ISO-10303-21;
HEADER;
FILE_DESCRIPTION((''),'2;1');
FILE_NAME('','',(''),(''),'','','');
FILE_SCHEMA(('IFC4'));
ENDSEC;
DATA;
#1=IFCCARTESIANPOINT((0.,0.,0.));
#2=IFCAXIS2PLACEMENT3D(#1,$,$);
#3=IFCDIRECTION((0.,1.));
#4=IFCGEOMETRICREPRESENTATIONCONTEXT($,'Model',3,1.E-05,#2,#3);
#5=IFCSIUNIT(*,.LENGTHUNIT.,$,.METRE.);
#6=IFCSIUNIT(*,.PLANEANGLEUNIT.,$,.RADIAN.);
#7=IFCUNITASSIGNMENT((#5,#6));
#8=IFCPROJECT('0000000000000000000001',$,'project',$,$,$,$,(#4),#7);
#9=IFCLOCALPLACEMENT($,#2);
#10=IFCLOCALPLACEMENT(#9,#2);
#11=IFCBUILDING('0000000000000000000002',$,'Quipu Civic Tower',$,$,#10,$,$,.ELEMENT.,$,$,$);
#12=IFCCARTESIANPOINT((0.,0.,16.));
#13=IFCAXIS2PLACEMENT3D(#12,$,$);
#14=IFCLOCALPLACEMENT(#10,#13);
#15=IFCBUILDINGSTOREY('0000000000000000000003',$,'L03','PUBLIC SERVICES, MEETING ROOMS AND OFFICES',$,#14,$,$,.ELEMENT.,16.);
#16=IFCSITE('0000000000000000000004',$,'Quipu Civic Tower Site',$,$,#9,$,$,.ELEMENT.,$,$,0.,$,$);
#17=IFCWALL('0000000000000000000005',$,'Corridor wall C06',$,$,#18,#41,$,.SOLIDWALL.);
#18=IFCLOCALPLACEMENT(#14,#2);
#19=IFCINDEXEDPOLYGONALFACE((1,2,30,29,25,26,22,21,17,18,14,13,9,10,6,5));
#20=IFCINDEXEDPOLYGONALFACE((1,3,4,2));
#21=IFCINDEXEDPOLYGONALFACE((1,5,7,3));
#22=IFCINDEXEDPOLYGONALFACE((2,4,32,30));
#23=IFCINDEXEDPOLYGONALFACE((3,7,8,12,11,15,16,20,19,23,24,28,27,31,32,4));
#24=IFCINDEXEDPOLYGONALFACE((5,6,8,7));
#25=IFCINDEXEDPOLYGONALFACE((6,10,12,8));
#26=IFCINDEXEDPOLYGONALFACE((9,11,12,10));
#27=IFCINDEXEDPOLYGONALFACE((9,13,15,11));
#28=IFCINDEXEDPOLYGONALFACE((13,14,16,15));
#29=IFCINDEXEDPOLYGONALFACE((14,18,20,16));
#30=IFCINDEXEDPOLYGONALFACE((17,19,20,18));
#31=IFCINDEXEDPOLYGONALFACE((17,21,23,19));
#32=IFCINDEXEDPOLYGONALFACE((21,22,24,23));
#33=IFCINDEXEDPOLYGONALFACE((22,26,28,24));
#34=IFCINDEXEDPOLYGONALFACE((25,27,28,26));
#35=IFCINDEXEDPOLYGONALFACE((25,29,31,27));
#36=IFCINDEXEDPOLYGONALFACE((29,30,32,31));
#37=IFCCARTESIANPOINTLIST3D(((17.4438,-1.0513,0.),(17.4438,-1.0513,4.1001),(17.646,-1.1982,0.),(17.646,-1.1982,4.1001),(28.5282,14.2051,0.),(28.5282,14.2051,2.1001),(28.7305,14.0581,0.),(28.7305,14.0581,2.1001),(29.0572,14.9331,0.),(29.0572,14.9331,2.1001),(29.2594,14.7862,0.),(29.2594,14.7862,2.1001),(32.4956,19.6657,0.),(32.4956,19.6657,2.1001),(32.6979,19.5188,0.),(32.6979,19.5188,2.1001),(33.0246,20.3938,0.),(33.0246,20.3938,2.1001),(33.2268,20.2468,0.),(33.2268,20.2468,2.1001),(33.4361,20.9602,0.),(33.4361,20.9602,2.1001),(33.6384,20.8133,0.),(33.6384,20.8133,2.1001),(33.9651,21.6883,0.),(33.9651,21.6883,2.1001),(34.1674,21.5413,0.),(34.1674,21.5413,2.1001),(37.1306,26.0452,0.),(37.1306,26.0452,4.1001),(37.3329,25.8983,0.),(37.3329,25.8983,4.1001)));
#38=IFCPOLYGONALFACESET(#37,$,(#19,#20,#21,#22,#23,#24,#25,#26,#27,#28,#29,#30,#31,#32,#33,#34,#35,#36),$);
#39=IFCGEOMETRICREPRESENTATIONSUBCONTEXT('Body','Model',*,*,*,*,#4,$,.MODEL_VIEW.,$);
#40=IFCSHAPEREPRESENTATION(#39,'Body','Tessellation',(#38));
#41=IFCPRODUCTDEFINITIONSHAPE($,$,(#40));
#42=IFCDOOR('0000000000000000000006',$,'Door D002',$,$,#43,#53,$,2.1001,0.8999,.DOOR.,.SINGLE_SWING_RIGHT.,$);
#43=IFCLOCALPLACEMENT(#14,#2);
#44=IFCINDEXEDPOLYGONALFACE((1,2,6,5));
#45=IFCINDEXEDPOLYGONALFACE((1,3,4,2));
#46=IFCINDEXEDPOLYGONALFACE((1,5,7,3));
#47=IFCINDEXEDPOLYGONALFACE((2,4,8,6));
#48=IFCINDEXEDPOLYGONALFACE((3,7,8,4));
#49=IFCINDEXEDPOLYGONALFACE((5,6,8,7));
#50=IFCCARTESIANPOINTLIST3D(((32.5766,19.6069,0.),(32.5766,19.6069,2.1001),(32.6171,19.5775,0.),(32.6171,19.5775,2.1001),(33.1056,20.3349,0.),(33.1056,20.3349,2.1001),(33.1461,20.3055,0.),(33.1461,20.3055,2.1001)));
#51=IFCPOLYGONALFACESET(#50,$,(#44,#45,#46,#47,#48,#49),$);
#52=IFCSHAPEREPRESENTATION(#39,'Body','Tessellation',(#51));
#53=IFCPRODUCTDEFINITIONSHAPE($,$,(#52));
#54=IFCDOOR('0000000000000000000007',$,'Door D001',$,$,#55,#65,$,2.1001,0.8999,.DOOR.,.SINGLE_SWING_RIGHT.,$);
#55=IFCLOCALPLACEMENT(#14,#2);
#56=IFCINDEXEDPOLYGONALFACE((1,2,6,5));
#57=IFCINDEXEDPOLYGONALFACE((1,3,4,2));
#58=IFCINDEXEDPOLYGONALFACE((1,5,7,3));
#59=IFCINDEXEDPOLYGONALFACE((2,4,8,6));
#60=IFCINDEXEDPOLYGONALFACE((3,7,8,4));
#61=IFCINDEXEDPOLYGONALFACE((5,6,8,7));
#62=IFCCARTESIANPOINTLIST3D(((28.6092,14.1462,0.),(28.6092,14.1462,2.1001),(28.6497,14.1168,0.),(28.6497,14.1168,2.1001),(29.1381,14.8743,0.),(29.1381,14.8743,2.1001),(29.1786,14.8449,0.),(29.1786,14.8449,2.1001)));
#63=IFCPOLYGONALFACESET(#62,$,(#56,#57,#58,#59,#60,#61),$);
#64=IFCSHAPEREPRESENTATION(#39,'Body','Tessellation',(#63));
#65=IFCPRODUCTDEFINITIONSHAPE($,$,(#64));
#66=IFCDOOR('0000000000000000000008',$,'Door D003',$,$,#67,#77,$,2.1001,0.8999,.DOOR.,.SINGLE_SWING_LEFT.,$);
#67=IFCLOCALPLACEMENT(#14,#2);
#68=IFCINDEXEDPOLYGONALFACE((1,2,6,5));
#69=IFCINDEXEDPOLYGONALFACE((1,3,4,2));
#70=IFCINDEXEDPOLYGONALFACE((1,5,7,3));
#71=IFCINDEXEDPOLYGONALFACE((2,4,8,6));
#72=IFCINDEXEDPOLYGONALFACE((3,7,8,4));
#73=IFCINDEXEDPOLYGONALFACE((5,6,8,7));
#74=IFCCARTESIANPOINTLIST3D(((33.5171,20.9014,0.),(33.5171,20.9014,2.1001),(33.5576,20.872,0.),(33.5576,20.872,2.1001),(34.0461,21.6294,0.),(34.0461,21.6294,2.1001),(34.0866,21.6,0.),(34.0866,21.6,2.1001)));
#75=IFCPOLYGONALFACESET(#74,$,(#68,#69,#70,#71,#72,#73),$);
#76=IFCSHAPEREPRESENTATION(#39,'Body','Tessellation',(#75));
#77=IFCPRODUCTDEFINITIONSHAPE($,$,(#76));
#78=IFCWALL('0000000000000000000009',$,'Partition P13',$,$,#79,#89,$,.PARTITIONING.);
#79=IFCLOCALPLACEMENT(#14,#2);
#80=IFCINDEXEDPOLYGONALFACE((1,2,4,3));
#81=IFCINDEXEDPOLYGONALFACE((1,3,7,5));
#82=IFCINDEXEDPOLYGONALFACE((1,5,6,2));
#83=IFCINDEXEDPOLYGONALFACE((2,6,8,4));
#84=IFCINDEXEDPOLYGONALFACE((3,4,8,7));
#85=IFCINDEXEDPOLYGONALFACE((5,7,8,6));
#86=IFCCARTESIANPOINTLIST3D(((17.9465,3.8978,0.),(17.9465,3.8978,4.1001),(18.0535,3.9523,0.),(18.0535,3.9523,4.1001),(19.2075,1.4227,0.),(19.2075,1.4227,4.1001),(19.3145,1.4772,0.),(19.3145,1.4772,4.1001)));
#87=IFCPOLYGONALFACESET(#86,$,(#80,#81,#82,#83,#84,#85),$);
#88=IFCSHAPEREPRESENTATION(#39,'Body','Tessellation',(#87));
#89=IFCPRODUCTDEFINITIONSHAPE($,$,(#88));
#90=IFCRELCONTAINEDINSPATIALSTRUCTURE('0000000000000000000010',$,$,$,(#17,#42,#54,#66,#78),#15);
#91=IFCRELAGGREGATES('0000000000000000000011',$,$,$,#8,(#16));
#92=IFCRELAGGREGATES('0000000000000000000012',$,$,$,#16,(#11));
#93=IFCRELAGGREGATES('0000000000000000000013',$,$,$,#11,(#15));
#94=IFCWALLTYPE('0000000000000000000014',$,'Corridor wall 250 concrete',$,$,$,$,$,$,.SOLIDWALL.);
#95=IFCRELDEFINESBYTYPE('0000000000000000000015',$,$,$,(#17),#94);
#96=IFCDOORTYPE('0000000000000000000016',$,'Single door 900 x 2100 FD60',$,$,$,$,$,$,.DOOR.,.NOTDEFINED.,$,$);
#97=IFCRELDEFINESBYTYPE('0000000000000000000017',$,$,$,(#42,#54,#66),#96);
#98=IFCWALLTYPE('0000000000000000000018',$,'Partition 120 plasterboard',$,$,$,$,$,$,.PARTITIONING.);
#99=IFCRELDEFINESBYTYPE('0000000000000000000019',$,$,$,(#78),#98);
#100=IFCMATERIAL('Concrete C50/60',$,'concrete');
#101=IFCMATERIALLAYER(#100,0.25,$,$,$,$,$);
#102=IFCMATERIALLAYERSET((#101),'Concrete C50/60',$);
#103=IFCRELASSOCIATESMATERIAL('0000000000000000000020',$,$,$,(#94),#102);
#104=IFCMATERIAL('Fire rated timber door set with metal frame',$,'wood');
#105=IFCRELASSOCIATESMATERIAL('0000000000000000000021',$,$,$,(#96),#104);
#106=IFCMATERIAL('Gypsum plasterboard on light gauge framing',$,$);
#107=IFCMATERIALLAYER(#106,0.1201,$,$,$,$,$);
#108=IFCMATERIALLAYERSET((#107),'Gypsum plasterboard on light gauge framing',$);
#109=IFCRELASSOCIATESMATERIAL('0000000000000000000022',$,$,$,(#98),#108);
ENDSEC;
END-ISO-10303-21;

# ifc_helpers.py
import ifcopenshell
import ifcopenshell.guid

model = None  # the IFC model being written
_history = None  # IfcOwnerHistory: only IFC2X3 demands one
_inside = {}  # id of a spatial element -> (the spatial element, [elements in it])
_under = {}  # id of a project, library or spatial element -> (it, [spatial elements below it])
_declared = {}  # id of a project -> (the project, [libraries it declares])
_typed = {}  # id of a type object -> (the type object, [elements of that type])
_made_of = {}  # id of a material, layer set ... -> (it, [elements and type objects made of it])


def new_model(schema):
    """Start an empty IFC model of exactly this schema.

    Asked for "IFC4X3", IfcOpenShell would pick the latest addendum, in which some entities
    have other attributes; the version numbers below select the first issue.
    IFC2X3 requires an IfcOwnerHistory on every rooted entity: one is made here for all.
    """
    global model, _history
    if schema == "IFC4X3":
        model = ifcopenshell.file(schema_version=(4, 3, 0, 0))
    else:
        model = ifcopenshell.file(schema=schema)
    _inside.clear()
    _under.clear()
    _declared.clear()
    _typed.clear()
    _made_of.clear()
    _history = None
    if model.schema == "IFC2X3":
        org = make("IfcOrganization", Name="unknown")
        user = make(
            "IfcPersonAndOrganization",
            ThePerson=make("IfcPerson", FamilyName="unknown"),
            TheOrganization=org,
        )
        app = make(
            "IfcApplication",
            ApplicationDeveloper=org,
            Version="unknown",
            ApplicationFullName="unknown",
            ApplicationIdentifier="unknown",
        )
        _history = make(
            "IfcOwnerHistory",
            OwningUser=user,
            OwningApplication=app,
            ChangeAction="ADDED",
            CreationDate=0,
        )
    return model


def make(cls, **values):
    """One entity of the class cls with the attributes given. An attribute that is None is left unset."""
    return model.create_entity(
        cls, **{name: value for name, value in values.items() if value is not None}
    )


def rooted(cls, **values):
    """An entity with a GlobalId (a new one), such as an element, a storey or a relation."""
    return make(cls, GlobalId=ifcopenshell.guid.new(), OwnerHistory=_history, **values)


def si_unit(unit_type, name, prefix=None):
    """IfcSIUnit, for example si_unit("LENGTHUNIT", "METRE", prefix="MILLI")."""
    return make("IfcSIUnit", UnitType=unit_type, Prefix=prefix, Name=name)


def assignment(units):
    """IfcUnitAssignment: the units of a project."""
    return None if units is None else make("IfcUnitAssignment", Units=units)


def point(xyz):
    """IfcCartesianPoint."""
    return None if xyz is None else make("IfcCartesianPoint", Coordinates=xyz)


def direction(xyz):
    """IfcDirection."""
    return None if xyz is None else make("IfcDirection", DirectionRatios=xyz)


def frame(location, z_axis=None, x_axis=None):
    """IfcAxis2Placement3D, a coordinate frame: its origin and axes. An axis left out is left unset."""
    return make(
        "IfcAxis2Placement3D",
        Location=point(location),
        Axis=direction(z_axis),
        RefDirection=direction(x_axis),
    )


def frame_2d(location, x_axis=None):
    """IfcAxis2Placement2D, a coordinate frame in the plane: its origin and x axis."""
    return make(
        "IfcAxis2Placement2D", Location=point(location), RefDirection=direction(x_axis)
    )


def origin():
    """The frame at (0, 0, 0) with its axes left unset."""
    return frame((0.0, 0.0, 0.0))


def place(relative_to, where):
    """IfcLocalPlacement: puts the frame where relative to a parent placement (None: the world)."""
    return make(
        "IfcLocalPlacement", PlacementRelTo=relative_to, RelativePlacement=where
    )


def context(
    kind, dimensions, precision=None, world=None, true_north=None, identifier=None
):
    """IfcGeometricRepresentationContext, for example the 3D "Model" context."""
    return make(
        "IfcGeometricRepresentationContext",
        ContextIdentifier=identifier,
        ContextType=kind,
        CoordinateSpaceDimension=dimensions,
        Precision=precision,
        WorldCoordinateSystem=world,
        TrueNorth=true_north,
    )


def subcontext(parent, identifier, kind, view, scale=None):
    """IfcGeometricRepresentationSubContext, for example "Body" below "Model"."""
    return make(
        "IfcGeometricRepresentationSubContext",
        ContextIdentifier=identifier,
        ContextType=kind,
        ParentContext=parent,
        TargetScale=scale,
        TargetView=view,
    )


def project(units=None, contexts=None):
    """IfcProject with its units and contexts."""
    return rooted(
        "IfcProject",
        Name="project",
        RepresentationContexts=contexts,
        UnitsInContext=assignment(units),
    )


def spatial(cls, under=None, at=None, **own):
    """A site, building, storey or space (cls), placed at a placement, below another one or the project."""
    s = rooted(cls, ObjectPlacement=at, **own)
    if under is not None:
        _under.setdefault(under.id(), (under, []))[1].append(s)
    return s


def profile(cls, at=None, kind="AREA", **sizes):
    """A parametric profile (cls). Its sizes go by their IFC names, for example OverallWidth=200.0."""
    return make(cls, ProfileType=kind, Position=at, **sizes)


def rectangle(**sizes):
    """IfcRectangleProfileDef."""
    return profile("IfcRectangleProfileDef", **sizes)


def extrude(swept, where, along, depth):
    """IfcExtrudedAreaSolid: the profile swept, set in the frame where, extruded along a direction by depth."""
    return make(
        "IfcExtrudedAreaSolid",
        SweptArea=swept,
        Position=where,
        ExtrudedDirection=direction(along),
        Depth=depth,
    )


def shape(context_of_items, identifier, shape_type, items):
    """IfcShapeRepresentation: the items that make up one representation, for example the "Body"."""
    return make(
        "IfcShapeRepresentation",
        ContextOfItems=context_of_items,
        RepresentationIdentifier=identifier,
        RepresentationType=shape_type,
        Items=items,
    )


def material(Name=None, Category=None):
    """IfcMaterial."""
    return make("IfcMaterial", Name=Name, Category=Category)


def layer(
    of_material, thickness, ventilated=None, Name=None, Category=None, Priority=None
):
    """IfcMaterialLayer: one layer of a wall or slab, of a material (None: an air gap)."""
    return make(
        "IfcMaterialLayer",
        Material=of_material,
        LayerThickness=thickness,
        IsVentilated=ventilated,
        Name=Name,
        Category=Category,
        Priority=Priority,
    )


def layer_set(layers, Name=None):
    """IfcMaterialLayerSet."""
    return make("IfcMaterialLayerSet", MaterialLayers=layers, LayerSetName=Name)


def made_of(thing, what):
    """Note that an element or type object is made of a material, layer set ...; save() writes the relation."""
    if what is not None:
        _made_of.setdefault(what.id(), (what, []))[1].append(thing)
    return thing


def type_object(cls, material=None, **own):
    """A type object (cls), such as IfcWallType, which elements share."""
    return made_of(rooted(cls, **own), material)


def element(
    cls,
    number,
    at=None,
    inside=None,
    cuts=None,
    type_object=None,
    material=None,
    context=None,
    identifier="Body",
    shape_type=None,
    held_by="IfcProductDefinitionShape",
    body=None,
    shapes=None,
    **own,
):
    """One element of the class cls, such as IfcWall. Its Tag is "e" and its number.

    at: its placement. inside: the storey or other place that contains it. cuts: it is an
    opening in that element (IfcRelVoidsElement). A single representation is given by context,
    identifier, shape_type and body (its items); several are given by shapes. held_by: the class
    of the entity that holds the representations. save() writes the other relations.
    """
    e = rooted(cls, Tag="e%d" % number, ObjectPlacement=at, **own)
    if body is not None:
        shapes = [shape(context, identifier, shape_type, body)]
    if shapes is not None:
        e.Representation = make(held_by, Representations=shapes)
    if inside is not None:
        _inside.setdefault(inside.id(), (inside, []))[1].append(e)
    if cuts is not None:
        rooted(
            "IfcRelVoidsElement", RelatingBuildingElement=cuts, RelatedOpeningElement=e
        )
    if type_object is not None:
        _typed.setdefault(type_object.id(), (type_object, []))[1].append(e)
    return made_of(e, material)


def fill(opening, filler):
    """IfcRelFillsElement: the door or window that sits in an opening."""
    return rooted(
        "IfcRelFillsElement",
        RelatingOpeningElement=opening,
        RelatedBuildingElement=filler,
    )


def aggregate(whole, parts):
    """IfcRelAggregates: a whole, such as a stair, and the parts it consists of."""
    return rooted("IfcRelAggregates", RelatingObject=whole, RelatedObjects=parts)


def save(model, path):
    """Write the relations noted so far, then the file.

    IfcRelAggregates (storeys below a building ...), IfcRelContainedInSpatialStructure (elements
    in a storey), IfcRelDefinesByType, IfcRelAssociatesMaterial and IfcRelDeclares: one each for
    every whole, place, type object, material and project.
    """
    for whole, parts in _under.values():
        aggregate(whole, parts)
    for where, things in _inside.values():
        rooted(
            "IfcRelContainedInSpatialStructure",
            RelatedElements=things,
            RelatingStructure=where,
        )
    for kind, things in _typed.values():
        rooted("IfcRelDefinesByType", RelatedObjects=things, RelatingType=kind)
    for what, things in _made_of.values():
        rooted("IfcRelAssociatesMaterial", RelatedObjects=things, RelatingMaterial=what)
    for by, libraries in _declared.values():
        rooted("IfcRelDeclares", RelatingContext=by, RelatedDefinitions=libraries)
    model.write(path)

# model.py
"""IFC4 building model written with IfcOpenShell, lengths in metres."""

from ifc_helpers import new_model, si_unit, direction, frame, frame_2d, origin, place, context, subcontext, project, spatial, rectangle, extrude, material, layer, layer_set, type_object, element, fill, save


model = new_model("IFC4")

# Units and contexts
model_context = context("Model", 3, precision=1e-05, world=origin(), true_north=direction((0.0, 1.0)))
body_context = subcontext(model_context, "Body", "Model", "MODEL_VIEW")
ifc_project = project(units=[si_unit("LENGTHUNIT", "METRE"), si_unit("PLANEANGLEUNIT", "RADIAN")], contexts=[model_context])

# Site, building, storey
site_placement = place(None, origin())
site = spatial("IfcSite", under=ifc_project, at=site_placement, Name="Quipu Civic Tower Site", CompositionType="ELEMENT", RefElevation=0.0)
building_placement = place(site_placement, origin())
building = spatial("IfcBuilding", under=site, at=building_placement, Name="Quipu Civic Tower", CompositionType="ELEMENT")
storey_placement = place(building_placement, frame((0.0, 0.0, 16.0)))
storey = spatial("IfcBuildingStorey", under=building, at=storey_placement, Name="L03", Description="PUBLIC SERVICES, MEETING ROOMS AND OFFICES", CompositionType="ELEMENT", Elevation=16.0)

# Wall, openings, doors
ifc_material_1 = material(Name="Concrete C50/60", Category="concrete")
ifc_layer_1 = layer(ifc_material_1, 0.25)
ifc_layer_set_1 = layer_set([ifc_layer_1], Name="Concrete C50/60")
wall_type_1 = type_object("IfcWallType", Name="Corridor wall 250 concrete", PredefinedType="SOLIDWALL", material=ifc_layer_set_1)
wall_1_placement = place(storey_placement, frame((17.5449, -1.1248, 0.0), z_axis=(0.0, 0.0, 1.0), x_axis=(0.587786, 0.809016, 0.0)))
wall_1 = element("IfcWall", 1, at=wall_1_placement, inside=storey, type_object=wall_type_1, Name="Corridor wall C06", PredefinedType="SOLIDWALL", context=body_context, shape_type="SweptSolid", body=[
    extrude(rectangle(XDim=33.4932, YDim=0.25, at=frame_2d((16.7466, 0.0))), origin(), (0.0, 0.0, 1.0), 4.1001),
])
opening_1_placement = place(wall_1_placement, frame((25.6077, 0.0, 0.0)))
opening_1 = element("IfcOpeningElement", 2, at=opening_1_placement, cuts=wall_1, PredefinedType="OPENING", context=body_context, shape_type="SweptSolid", body=[
    extrude(rectangle(XDim=0.8999, YDim=2.1001, at=frame_2d((0.45, 1.05))), frame((0.0, 0.135, 0.0), z_axis=(0.0, -1.0, 0.0), x_axis=(1.0, 0.0, 0.0)), (0.0, 0.0, 1.0), 0.27),
])
opening_2_placement = place(wall_1_placement, frame((18.8579, 0.0, 0.0)))
opening_2 = element("IfcOpeningElement", 3, at=opening_2_placement, cuts=wall_1, PredefinedType="OPENING", context=body_context, shape_type="SweptSolid", body=[
    extrude(rectangle(XDim=0.8999, YDim=2.1001, at=frame_2d((0.45, 1.05))), frame((0.0, 0.135, 0.0), z_axis=(0.0, -1.0, 0.0), x_axis=(1.0, 0.0, 0.0)), (0.0, 0.0, 1.0), 0.27),
])
opening_3_placement = place(wall_1_placement, frame((27.2078, 0.0, 0.0)))
opening_3 = element("IfcOpeningElement", 4, at=opening_3_placement, cuts=wall_1, PredefinedType="OPENING", context=body_context, shape_type="SweptSolid", body=[
    extrude(rectangle(XDim=0.8999, YDim=2.1001, at=frame_2d((0.45, 1.05))), frame((0.0, 0.135, 0.0), z_axis=(0.0, -1.0, 0.0), x_axis=(1.0, 0.0, 0.0)), (0.0, 0.0, 1.0), 0.27),
])
ifc_material_2 = material(Name="Fire rated timber door set with metal frame", Category="wood")
door_type_1 = type_object("IfcDoorType", Name="Single door 900 x 2100 FD60", OperationType="NOTDEFINED", PredefinedType="DOOR", material=ifc_material_2)
door_1_placement = place(opening_1_placement, origin())
door_1 = element("IfcDoor", 5, at=door_1_placement, inside=storey, type_object=door_type_1, Name="Door D002", OperationType="SINGLE_SWING_RIGHT", OverallHeight=2.1001, OverallWidth=0.8999, PredefinedType="DOOR", context=body_context, shape_type="SweptSolid", body=[
    extrude(rectangle(XDim=0.8999, YDim=2.1001, at=frame_2d((0.45, 1.05))), frame((0.0, 0.0249, 0.0), z_axis=(0.0, -1.0, 0.0), x_axis=(1.0, 0.0, 0.0)), (0.0, 0.0, 1.0), 0.05),
])
fill(opening_1, door_1)
door_2_placement = place(opening_2_placement, origin())
door_2 = element("IfcDoor", 6, at=door_2_placement, inside=storey, type_object=door_type_1, Name="Door D001", OperationType="SINGLE_SWING_RIGHT", OverallHeight=2.1001, OverallWidth=0.8999, PredefinedType="DOOR", context=body_context, shape_type="SweptSolid", body=[
    extrude(rectangle(XDim=0.8999, YDim=2.1001, at=frame_2d((0.45, 1.05))), frame((0.0, 0.0249, 0.0), z_axis=(0.0, -1.0, 0.0), x_axis=(1.0, 0.0, 0.0)), (0.0, 0.0, 1.0), 0.05),
])
fill(opening_2, door_2)
door_3_placement = place(opening_3_placement, origin())
door_3 = element("IfcDoor", 7, at=door_3_placement, inside=storey, type_object=door_type_1, Name="Door D003", OperationType="SINGLE_SWING_LEFT", OverallHeight=2.1001, OverallWidth=0.8999, PredefinedType="DOOR", context=body_context, shape_type="SweptSolid", body=[
    extrude(rectangle(XDim=0.8999, YDim=2.1001, at=frame_2d((0.45, 1.05))), frame((0.0, 0.0249, 0.0), z_axis=(0.0, -1.0, 0.0), x_axis=(1.0, 0.0, 0.0)), (0.0, 0.0, 1.0), 0.05),
])
fill(opening_3, door_3)

# Wall
ifc_material_3 = material(Name="Gypsum plasterboard on light gauge framing")
ifc_layer_2 = layer(ifc_material_3, 0.1201)
ifc_layer_set_2 = layer_set([ifc_layer_2], Name="Gypsum plasterboard on light gauge framing")
wall_type_2 = type_object("IfcWallType", Name="Partition 120 plasterboard", PredefinedType="PARTITIONING", material=ifc_layer_set_2)
wall_2_placement = place(storey_placement, frame((18.0, 3.925, 0.0), z_axis=(0.0, 0.0, 1.0), x_axis=(0.453951, -0.891027, 0.0)))
element("IfcWall", 8, at=wall_2_placement, inside=storey, type_object=wall_type_2, Name="Partition P13", PredefinedType="PARTITIONING", context=body_context, shape_type="SweptSolid", body=[
    extrude(rectangle(XDim=2.7778, YDim=0.1201, at=frame_2d((1.3889, 0.0))), origin(), (0.0, 0.0, 1.0), 4.1001),
])

save(model, "model.ifc")
